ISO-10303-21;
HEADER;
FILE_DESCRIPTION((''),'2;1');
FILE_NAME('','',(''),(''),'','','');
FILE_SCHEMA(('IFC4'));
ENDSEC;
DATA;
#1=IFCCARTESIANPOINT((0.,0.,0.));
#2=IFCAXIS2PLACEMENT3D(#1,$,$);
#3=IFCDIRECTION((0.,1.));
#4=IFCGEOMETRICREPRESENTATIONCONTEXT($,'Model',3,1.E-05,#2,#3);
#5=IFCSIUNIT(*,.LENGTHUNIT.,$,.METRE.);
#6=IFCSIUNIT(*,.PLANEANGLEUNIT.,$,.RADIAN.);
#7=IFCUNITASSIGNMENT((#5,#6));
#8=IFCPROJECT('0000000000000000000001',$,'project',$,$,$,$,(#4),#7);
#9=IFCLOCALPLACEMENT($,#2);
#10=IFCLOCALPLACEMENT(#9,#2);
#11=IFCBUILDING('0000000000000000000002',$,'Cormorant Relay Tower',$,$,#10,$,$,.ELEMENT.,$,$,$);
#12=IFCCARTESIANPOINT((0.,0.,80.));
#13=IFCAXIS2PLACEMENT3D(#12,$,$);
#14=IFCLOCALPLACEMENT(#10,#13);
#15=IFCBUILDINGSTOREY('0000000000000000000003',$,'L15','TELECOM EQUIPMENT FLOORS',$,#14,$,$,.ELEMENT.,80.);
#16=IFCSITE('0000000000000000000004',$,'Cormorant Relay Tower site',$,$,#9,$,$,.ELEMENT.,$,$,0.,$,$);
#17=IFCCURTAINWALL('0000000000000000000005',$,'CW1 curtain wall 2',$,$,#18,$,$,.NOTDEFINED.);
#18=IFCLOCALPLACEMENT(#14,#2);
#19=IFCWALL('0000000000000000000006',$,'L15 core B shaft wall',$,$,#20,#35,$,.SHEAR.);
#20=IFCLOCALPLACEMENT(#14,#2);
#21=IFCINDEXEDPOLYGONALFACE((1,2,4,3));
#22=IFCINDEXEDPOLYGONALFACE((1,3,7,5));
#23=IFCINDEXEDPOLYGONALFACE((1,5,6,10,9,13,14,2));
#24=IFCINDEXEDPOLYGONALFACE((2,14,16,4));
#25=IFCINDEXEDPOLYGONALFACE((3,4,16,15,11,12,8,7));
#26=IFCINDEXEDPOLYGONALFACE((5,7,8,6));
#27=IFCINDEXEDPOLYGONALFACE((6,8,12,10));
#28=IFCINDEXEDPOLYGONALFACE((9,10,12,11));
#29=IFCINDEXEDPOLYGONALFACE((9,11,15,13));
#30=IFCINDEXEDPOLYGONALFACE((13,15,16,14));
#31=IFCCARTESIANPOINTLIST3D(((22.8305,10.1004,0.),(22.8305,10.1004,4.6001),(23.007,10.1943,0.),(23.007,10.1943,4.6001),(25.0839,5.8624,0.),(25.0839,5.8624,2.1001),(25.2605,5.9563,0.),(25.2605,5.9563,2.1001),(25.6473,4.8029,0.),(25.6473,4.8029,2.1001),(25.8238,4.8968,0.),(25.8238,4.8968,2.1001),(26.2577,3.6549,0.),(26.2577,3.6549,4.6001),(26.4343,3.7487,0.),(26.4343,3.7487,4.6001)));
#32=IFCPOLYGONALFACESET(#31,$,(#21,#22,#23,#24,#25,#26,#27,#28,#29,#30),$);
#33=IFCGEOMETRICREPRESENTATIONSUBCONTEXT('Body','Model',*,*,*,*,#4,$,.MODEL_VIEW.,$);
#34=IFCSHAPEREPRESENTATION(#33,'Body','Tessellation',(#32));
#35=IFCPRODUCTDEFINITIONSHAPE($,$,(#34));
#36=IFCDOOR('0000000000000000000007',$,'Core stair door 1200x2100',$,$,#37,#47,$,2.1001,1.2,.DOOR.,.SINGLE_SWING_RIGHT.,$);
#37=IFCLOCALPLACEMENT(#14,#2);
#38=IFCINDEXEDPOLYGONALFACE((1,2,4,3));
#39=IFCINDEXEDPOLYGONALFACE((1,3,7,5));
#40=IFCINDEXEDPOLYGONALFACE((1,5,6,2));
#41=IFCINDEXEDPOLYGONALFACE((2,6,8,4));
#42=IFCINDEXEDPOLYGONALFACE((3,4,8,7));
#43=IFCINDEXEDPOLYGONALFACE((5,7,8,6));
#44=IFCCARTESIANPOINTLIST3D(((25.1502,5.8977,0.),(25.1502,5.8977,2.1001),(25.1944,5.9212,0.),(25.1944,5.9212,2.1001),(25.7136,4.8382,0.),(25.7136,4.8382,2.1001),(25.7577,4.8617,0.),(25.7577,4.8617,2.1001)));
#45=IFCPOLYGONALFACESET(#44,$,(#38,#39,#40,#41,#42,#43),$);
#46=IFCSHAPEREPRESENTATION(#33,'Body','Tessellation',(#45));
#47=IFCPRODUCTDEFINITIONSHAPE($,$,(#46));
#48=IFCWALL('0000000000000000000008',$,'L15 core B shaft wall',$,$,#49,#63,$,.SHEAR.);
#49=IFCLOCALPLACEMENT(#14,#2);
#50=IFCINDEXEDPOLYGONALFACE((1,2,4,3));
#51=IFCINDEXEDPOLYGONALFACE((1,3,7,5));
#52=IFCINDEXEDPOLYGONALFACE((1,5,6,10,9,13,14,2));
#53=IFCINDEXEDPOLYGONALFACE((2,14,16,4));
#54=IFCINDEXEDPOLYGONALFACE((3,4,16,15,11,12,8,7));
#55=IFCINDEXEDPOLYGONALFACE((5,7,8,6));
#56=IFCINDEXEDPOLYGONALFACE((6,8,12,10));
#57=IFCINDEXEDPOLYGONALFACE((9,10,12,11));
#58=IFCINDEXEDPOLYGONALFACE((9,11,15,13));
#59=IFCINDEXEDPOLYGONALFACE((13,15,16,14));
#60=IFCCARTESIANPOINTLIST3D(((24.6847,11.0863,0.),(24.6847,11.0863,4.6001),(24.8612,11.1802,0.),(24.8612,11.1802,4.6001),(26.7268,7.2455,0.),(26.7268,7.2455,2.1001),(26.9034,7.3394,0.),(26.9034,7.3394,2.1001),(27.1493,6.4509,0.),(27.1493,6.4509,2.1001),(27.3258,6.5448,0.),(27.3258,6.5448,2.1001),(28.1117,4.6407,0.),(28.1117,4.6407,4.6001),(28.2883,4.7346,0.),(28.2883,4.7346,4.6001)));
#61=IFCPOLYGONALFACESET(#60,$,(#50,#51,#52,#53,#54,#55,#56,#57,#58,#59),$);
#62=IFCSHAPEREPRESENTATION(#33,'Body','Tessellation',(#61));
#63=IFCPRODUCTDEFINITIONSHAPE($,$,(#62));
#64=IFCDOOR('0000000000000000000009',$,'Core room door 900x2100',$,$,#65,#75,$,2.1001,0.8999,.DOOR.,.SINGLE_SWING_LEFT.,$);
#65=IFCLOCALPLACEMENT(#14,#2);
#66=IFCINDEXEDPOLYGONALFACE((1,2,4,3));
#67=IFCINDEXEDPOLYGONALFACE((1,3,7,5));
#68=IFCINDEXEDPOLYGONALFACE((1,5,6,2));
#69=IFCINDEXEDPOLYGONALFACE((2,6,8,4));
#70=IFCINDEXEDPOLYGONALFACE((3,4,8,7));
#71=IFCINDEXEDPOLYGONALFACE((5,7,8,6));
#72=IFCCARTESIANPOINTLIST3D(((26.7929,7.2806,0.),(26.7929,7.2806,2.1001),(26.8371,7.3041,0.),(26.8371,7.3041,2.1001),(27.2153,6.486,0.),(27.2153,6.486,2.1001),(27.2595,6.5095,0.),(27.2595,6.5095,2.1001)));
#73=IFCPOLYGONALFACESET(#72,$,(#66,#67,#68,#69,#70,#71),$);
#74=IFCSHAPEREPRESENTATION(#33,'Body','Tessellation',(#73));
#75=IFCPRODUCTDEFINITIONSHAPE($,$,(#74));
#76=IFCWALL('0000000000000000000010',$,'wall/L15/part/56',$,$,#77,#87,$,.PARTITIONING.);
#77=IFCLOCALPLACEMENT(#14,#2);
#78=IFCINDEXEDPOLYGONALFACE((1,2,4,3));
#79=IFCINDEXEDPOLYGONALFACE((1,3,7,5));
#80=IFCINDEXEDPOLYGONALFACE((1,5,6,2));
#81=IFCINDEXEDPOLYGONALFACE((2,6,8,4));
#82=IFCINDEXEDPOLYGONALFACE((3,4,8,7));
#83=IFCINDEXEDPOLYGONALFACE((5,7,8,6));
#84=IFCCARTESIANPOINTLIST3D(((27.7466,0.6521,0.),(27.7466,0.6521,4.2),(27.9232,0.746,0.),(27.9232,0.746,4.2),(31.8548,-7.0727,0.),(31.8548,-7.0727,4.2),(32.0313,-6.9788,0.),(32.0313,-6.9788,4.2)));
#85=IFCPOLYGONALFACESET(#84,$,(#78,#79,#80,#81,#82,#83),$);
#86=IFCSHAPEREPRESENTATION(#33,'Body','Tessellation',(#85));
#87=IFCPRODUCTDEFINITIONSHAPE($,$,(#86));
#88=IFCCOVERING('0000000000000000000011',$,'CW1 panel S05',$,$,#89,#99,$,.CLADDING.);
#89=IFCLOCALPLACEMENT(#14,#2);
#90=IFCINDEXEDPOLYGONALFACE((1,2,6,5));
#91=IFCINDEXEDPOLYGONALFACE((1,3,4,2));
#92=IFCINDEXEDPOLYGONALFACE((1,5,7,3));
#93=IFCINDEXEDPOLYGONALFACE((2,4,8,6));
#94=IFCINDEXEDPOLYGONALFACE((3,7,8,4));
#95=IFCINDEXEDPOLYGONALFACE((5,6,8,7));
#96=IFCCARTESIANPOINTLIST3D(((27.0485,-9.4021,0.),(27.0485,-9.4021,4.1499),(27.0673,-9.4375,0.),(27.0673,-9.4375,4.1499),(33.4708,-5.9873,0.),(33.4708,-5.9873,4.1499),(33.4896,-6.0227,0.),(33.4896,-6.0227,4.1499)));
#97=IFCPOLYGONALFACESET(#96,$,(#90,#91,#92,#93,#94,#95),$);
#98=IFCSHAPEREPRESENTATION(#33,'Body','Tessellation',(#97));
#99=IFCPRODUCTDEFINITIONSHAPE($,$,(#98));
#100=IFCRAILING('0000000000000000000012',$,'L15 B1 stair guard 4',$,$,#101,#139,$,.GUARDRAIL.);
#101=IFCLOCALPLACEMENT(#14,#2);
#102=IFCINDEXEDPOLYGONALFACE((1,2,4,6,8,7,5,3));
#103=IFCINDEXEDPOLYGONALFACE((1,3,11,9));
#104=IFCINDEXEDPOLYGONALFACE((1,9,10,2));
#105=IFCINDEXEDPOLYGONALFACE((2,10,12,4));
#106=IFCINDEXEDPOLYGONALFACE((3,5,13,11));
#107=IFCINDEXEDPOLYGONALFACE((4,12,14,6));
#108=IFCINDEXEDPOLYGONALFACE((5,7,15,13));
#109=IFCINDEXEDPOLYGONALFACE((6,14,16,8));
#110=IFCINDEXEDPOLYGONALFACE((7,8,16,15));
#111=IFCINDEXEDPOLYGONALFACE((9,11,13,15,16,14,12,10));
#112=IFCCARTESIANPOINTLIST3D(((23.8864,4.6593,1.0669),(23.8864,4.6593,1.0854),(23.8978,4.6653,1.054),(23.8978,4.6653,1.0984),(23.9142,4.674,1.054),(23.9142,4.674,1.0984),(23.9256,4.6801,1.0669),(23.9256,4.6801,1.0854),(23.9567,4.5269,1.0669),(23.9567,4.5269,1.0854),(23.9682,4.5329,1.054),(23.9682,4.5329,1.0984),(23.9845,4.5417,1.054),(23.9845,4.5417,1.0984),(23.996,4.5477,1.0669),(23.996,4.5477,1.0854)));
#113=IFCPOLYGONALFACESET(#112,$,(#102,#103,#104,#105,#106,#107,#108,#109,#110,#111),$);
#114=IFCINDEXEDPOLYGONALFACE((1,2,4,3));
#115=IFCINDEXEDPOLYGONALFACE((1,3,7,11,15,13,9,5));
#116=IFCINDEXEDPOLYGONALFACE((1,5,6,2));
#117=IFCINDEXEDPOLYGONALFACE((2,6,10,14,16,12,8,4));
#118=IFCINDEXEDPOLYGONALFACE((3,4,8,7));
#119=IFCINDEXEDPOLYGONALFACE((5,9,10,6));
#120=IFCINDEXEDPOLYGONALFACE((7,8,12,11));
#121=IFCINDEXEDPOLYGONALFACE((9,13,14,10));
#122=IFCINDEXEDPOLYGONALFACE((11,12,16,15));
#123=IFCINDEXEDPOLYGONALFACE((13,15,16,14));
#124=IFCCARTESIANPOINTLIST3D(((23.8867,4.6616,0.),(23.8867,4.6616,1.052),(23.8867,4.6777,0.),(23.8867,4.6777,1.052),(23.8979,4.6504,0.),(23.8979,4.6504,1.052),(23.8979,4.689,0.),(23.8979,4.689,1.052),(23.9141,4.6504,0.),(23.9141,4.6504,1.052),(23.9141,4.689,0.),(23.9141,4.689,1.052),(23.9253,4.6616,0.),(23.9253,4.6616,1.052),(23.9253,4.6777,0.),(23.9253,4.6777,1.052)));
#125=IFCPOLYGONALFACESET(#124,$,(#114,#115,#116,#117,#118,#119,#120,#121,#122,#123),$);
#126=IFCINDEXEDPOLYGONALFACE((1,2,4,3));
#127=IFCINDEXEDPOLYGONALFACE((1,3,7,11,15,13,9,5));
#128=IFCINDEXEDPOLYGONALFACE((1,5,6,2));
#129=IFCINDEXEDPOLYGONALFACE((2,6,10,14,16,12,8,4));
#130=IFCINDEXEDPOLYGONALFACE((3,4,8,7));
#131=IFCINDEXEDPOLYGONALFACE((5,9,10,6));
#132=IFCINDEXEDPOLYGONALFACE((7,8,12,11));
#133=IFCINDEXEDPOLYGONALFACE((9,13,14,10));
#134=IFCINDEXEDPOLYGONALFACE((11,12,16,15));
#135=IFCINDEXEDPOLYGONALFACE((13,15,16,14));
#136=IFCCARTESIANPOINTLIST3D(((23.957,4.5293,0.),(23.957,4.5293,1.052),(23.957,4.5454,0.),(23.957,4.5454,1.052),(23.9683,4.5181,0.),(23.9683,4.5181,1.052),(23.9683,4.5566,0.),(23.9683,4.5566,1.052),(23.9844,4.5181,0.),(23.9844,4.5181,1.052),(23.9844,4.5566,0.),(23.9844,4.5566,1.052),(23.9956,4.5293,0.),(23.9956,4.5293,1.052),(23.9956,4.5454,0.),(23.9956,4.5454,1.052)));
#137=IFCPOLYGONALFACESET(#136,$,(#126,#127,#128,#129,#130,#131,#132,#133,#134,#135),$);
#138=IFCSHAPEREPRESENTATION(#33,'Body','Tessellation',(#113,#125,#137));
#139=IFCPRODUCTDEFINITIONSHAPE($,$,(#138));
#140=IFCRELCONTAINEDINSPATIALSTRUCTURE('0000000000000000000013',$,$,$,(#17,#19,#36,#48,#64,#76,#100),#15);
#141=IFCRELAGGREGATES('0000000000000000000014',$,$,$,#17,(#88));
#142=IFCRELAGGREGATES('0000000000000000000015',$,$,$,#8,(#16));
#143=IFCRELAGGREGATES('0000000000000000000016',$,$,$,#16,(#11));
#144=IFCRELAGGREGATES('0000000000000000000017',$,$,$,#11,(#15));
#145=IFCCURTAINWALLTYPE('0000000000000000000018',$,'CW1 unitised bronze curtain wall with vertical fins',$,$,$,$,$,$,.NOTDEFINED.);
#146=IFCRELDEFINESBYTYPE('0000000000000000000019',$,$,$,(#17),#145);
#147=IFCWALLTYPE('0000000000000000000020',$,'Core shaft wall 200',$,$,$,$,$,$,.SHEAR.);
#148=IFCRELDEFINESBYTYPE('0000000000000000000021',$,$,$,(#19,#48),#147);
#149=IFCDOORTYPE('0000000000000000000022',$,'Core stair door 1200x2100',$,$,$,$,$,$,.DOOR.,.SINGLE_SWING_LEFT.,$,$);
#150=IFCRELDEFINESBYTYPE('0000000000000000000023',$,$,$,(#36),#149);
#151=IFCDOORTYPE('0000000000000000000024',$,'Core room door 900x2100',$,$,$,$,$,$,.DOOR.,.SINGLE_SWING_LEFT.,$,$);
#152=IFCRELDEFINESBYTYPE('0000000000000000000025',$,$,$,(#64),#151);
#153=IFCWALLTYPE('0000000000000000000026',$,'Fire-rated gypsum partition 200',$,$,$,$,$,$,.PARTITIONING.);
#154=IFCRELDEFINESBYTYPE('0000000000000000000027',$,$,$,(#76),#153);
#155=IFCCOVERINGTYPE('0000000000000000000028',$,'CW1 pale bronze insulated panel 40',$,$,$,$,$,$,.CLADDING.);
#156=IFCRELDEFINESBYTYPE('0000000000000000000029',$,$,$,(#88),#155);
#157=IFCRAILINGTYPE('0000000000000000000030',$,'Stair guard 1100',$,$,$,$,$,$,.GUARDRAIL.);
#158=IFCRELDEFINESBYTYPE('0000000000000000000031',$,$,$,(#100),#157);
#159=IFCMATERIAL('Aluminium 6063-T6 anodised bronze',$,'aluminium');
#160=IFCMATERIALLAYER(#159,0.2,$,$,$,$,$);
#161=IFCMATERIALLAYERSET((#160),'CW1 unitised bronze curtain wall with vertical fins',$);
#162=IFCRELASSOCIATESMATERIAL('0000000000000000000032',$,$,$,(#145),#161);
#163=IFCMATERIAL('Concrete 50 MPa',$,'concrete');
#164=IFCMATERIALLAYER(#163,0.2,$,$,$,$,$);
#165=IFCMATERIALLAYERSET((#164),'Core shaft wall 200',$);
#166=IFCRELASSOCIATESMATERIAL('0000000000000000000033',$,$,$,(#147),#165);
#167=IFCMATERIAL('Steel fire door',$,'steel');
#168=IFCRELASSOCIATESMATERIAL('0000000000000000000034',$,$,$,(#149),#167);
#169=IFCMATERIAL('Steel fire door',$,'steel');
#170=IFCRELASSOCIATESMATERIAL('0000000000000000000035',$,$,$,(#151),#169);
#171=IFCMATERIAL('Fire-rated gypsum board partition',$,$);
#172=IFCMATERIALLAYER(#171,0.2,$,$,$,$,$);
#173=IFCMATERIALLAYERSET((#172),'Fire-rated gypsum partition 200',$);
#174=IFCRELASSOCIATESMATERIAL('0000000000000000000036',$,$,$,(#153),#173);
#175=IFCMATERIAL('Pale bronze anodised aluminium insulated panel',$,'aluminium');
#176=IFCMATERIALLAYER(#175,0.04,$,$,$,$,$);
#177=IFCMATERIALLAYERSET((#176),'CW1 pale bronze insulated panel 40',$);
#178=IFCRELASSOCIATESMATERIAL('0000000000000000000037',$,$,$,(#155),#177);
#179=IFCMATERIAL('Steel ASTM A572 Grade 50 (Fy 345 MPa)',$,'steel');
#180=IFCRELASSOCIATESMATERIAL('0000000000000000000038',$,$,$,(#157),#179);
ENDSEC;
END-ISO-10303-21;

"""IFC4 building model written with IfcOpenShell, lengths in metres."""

from ifc_helpers import new_model, si_unit, direction, frame, frame_2d, origin, origin_2d, place, context, subcontext, project, spatial, polyline, rectangle, outline, extrude, material, layer, layer_set, type_object, element, fill, aggregate, save


model = new_model("IFC4")

# Units and contexts
model_context = context("Model", 3, precision=1e-05, world=origin(), true_north=direction((0.0, 1.0)))
body_context = subcontext(model_context, "Body", "Model", "MODEL_VIEW")
ifc_project = project(units=[si_unit("LENGTHUNIT", "METRE"), si_unit("PLANEANGLEUNIT", "RADIAN")], contexts=[model_context])

# Site, building, storey
site_placement = place(None, origin())
site = spatial("IfcSite", under=ifc_project, at=site_placement, Name="Cormorant Relay Tower site", CompositionType="ELEMENT", RefElevation=0.0)
building_placement = place(site_placement, origin())
building = spatial("IfcBuilding", under=site, at=building_placement, Name="Cormorant Relay Tower", CompositionType="ELEMENT")
storey_placement = place(building_placement, frame((0.0, 0.0, 80.0)))
storey = spatial("IfcBuildingStorey", under=building, at=storey_placement, Name="L15", Description="TELECOM EQUIPMENT FLOORS", CompositionType="ELEMENT", Elevation=80.0)

# Curtain wall
ifc_material_1 = material(Name="Aluminium 6063-T6 anodised bronze", Category="aluminium")
ifc_layer_1 = layer(ifc_material_1, 0.2)
ifc_layer_set_1 = layer_set([ifc_layer_1], Name="CW1 unitised bronze curtain wall with vertical fins")
curtain_wall_type = type_object("IfcCurtainWallType", Name="CW1 unitised bronze curtain wall with vertical fins", PredefinedType="NOTDEFINED", material=ifc_layer_set_1)
curtain_wall_placement = place(storey_placement, origin())
curtain_wall = element("IfcCurtainWall", 1, at=curtain_wall_placement, inside=storey, type_object=curtain_wall_type, Name="CW1 curtain wall 2", PredefinedType="NOTDEFINED")

# Walls, openings, doors
ifc_material_2 = material(Name="Concrete 50 MPa", Category="concrete")
ifc_layer_2 = layer(ifc_material_2, 0.2)
ifc_layer_set_2 = layer_set([ifc_layer_2], Name="Core shaft wall 200")
wall_type_1 = type_object("IfcWallType", Name="Core shaft wall 200", PredefinedType="SHEAR", material=ifc_layer_set_2)
wall_1_placement = place(storey_placement, frame((26.3459, 3.7019, 0.0), z_axis=(0.0, 0.0, 1.0), x_axis=(-0.46948, 0.882943, 0.0)))
wall_1 = element("IfcWall", 2, at=wall_1_placement, inside=storey, type_object=wall_type_1, Name="L15 core B shaft wall", PredefinedType="SHEAR", context=body_context, shape_type="SweptSolid", body=[
    extrude(rectangle(XDim=7.3, YDim=0.2, at=frame_2d((3.6499, 0.0))), origin(), (0.0, 0.0, 1.0), 4.6001),
])
opening_1_placement = place(wall_1_placement, frame((1.3, 0.0, 0.0)))
opening_1 = element("IfcOpeningElement", 3, at=opening_1_placement, cuts=wall_1, PredefinedType="OPENING", context=body_context, shape_type="SweptSolid", body=[
    extrude(rectangle(XDim=1.2, YDim=2.1001, at=frame_2d((0.6001, 1.05))), frame((0.0, 0.1099, 0.0), z_axis=(0.0, -1.0, 0.0), x_axis=(1.0, 0.0, 0.0)), (0.0, 0.0, 1.0), 0.22),
])
ifc_material_3 = material(Name="Steel fire door", Category="steel")
door_type_1 = type_object("IfcDoorType", Name="Core stair door 1200x2100", OperationType="SINGLE_SWING_LEFT", PredefinedType="DOOR", material=ifc_material_3)
door_1_placement = place(opening_1_placement, origin())
door_1 = element("IfcDoor", 4, at=door_1_placement, inside=storey, type_object=door_type_1, Name="Core stair door 1200x2100", OperationType="SINGLE_SWING_RIGHT", OverallHeight=2.1001, OverallWidth=1.2, PredefinedType="DOOR", context=body_context, shape_type="SweptSolid", body=[
    extrude(rectangle(XDim=1.2, YDim=2.1001, at=frame_2d((0.6001, 1.05))), frame((0.0, 0.0249, 0.0), z_axis=(0.0, -1.0, 0.0), x_axis=(1.0, 0.0, 0.0)), (0.0, 0.0, 1.0), 0.05),
])
fill(opening_1, door_1)
wall_2_placement = place(storey_placement, frame((28.2, 4.6877, 0.0), z_axis=(0.0, 0.0, 1.0), x_axis=(-0.469454, 0.882957, 0.0)))
wall_2 = element("IfcWall", 5, at=wall_2_placement, inside=storey, type_object=wall_type_1, Name="L15 core B shaft wall", PredefinedType="SHEAR", context=body_context, shape_type="SweptSolid", body=[
    extrude(rectangle(XDim=7.3, YDim=0.2, at=frame_2d((3.6499, 0.0))), origin(), (0.0, 0.0, 1.0), 4.6001),
])
opening_2_placement = place(wall_2_placement, frame((2.05, 0.0, 0.0)))
opening_2 = element("IfcOpeningElement", 6, at=opening_2_placement, cuts=wall_2, PredefinedType="OPENING", context=body_context, shape_type="SweptSolid", body=[
    extrude(rectangle(XDim=0.8999, YDim=2.1001, at=frame_2d((0.45, 1.05))), frame((0.0, 0.1099, 0.0), z_axis=(0.0, -1.0, 0.0), x_axis=(1.0, 0.0, 0.0)), (0.0, 0.0, 1.0), 0.22),
])
ifc_material_4 = material(Name="Steel fire door", Category="steel")
door_type_2 = type_object("IfcDoorType", Name="Core room door 900x2100", OperationType="SINGLE_SWING_LEFT", PredefinedType="DOOR", material=ifc_material_4)
door_2_placement = place(opening_2_placement, frame((0.8999, 0.0, 0.0), z_axis=(0.0, 0.0, 1.0), x_axis=(-1.0, 0.0, 0.0)))
door_2 = element("IfcDoor", 7, at=door_2_placement, inside=storey, type_object=door_type_2, Name="Core room door 900x2100", OperationType="SINGLE_SWING_LEFT", OverallHeight=2.1001, OverallWidth=0.8999, PredefinedType="DOOR", context=body_context, shape_type="SweptSolid", body=[
    extrude(rectangle(XDim=0.8999, YDim=2.1001, at=frame_2d((0.45, 1.05))), frame((0.0, 0.0249, 0.0), z_axis=(0.0, -1.0, 0.0), x_axis=(1.0, 0.0, 0.0)), (0.0, 0.0, 1.0), 0.05),
])
fill(opening_2, door_2)

# Wall
ifc_material_5 = material(Name="Fire-rated gypsum board partition")
ifc_layer_3 = layer(ifc_material_5, 0.2)
ifc_layer_set_3 = layer_set([ifc_layer_3], Name="Fire-rated gypsum partition 200")
wall_type_2 = type_object("IfcWallType", Name="Fire-rated gypsum partition 200", PredefinedType="PARTITIONING", material=ifc_layer_set_3)
wall_3_placement = place(storey_placement, frame((27.835, 0.699, 0.0), z_axis=(0.0, 0.0, 1.0), x_axis=(0.469541, -0.882911, 0.0)))
element("IfcWall", 8, at=wall_3_placement, inside=storey, type_object=wall_type_2, Name="wall/L15/part/56", PredefinedType="PARTITIONING", context=body_context, shape_type="SweptSolid", body=[
    extrude(rectangle(XDim=8.7493, YDim=0.2, at=frame_2d((4.3745, 0.0))), origin(), (0.0, 0.0, 1.0), 4.2),
])

# Covering
ifc_material_6 = material(Name="Pale bronze anodised aluminium insulated panel", Category="aluminium")
ifc_layer_4 = layer(ifc_material_6, 0.04)
ifc_layer_set_4 = layer_set([ifc_layer_4], Name="CW1 pale bronze insulated panel 40")
covering_type = type_object("IfcCoveringType", Name="CW1 pale bronze insulated panel 40", PredefinedType="CLADDING", material=ifc_layer_set_4)
covering_placement = place(storey_placement, frame((30.269, -7.7124, 0.0), z_axis=(0.0, 0.0, 1.0), x_axis=(0.882948, 0.469472, 0.0)))
covering = element("IfcCovering", 9, at=covering_placement, type_object=covering_type, Name="CW1 panel S05", PredefinedType="CLADDING", context=body_context, shape_type="SweptSolid", body=[
    extrude(rectangle(XDim=7.2737, YDim=0.04, at=origin_2d()), origin(), (0.0, 0.0, 1.0), 4.1499),
])
aggregate(curtain_wall, [covering])

# Railing
ifc_material_7 = material(Name="Steel ASTM A572 Grade 50 (Fy 345 MPa)", Category="steel")
railing_type_1 = type_object("IfcRailingType", Name="Stair guard 1100", PredefinedType="GUARDRAIL", material=ifc_material_7)
railing_1_placement = place(storey_placement, frame((23.906, 4.6697, 0.0)))
element("IfcRailing", 10, at=railing_1_placement, inside=storey, type_object=railing_type_1, Name="L15 B1 stair guard 4", PredefinedType="GUARDRAIL", context=body_context, shape_type="SweptSolid", body=[
    extrude(outline(polyline([(0.0222, 0.0093), (0.0093, 0.0222), (-0.0093, 0.0222), (-0.0222, 0.0093), (-0.0222, -0.0093), (-0.0093, -0.0222), (0.0093, -0.0222), (0.0222, -0.0093), (0.0222, 0.0093)])), frame((0.0, 0.0, 1.0762), z_axis=(0.469235, -0.883074, 0.0), x_axis=(0.883074, 0.469235, 0.0)), (0.0, 0.0, 1.0), 0.1499),
    extrude(outline(polyline([(0.0193, 0.0081), (0.0081, 0.0193), (-0.0081, 0.0193), (-0.0193, 0.0081), (-0.0193, -0.0081), (-0.0081, -0.0193), (0.0081, -0.0193), (0.0193, -0.0081), (0.0193, 0.0081)])), origin(), (0.0, 0.0, 1.0), 1.052),
    extrude(outline(polyline([(0.0193, 0.0081), (0.0081, 0.0193), (-0.0081, 0.0193), (-0.0193, 0.0081), (-0.0193, -0.0081), (-0.0081, -0.0193), (0.0081, -0.0193), (0.0193, -0.0081), (0.0193, 0.0081)])), frame((0.0703, -0.1323, 0.0)), (0.0, 0.0, 1.0), 1.052),
])

save(model, "model.ifc")
